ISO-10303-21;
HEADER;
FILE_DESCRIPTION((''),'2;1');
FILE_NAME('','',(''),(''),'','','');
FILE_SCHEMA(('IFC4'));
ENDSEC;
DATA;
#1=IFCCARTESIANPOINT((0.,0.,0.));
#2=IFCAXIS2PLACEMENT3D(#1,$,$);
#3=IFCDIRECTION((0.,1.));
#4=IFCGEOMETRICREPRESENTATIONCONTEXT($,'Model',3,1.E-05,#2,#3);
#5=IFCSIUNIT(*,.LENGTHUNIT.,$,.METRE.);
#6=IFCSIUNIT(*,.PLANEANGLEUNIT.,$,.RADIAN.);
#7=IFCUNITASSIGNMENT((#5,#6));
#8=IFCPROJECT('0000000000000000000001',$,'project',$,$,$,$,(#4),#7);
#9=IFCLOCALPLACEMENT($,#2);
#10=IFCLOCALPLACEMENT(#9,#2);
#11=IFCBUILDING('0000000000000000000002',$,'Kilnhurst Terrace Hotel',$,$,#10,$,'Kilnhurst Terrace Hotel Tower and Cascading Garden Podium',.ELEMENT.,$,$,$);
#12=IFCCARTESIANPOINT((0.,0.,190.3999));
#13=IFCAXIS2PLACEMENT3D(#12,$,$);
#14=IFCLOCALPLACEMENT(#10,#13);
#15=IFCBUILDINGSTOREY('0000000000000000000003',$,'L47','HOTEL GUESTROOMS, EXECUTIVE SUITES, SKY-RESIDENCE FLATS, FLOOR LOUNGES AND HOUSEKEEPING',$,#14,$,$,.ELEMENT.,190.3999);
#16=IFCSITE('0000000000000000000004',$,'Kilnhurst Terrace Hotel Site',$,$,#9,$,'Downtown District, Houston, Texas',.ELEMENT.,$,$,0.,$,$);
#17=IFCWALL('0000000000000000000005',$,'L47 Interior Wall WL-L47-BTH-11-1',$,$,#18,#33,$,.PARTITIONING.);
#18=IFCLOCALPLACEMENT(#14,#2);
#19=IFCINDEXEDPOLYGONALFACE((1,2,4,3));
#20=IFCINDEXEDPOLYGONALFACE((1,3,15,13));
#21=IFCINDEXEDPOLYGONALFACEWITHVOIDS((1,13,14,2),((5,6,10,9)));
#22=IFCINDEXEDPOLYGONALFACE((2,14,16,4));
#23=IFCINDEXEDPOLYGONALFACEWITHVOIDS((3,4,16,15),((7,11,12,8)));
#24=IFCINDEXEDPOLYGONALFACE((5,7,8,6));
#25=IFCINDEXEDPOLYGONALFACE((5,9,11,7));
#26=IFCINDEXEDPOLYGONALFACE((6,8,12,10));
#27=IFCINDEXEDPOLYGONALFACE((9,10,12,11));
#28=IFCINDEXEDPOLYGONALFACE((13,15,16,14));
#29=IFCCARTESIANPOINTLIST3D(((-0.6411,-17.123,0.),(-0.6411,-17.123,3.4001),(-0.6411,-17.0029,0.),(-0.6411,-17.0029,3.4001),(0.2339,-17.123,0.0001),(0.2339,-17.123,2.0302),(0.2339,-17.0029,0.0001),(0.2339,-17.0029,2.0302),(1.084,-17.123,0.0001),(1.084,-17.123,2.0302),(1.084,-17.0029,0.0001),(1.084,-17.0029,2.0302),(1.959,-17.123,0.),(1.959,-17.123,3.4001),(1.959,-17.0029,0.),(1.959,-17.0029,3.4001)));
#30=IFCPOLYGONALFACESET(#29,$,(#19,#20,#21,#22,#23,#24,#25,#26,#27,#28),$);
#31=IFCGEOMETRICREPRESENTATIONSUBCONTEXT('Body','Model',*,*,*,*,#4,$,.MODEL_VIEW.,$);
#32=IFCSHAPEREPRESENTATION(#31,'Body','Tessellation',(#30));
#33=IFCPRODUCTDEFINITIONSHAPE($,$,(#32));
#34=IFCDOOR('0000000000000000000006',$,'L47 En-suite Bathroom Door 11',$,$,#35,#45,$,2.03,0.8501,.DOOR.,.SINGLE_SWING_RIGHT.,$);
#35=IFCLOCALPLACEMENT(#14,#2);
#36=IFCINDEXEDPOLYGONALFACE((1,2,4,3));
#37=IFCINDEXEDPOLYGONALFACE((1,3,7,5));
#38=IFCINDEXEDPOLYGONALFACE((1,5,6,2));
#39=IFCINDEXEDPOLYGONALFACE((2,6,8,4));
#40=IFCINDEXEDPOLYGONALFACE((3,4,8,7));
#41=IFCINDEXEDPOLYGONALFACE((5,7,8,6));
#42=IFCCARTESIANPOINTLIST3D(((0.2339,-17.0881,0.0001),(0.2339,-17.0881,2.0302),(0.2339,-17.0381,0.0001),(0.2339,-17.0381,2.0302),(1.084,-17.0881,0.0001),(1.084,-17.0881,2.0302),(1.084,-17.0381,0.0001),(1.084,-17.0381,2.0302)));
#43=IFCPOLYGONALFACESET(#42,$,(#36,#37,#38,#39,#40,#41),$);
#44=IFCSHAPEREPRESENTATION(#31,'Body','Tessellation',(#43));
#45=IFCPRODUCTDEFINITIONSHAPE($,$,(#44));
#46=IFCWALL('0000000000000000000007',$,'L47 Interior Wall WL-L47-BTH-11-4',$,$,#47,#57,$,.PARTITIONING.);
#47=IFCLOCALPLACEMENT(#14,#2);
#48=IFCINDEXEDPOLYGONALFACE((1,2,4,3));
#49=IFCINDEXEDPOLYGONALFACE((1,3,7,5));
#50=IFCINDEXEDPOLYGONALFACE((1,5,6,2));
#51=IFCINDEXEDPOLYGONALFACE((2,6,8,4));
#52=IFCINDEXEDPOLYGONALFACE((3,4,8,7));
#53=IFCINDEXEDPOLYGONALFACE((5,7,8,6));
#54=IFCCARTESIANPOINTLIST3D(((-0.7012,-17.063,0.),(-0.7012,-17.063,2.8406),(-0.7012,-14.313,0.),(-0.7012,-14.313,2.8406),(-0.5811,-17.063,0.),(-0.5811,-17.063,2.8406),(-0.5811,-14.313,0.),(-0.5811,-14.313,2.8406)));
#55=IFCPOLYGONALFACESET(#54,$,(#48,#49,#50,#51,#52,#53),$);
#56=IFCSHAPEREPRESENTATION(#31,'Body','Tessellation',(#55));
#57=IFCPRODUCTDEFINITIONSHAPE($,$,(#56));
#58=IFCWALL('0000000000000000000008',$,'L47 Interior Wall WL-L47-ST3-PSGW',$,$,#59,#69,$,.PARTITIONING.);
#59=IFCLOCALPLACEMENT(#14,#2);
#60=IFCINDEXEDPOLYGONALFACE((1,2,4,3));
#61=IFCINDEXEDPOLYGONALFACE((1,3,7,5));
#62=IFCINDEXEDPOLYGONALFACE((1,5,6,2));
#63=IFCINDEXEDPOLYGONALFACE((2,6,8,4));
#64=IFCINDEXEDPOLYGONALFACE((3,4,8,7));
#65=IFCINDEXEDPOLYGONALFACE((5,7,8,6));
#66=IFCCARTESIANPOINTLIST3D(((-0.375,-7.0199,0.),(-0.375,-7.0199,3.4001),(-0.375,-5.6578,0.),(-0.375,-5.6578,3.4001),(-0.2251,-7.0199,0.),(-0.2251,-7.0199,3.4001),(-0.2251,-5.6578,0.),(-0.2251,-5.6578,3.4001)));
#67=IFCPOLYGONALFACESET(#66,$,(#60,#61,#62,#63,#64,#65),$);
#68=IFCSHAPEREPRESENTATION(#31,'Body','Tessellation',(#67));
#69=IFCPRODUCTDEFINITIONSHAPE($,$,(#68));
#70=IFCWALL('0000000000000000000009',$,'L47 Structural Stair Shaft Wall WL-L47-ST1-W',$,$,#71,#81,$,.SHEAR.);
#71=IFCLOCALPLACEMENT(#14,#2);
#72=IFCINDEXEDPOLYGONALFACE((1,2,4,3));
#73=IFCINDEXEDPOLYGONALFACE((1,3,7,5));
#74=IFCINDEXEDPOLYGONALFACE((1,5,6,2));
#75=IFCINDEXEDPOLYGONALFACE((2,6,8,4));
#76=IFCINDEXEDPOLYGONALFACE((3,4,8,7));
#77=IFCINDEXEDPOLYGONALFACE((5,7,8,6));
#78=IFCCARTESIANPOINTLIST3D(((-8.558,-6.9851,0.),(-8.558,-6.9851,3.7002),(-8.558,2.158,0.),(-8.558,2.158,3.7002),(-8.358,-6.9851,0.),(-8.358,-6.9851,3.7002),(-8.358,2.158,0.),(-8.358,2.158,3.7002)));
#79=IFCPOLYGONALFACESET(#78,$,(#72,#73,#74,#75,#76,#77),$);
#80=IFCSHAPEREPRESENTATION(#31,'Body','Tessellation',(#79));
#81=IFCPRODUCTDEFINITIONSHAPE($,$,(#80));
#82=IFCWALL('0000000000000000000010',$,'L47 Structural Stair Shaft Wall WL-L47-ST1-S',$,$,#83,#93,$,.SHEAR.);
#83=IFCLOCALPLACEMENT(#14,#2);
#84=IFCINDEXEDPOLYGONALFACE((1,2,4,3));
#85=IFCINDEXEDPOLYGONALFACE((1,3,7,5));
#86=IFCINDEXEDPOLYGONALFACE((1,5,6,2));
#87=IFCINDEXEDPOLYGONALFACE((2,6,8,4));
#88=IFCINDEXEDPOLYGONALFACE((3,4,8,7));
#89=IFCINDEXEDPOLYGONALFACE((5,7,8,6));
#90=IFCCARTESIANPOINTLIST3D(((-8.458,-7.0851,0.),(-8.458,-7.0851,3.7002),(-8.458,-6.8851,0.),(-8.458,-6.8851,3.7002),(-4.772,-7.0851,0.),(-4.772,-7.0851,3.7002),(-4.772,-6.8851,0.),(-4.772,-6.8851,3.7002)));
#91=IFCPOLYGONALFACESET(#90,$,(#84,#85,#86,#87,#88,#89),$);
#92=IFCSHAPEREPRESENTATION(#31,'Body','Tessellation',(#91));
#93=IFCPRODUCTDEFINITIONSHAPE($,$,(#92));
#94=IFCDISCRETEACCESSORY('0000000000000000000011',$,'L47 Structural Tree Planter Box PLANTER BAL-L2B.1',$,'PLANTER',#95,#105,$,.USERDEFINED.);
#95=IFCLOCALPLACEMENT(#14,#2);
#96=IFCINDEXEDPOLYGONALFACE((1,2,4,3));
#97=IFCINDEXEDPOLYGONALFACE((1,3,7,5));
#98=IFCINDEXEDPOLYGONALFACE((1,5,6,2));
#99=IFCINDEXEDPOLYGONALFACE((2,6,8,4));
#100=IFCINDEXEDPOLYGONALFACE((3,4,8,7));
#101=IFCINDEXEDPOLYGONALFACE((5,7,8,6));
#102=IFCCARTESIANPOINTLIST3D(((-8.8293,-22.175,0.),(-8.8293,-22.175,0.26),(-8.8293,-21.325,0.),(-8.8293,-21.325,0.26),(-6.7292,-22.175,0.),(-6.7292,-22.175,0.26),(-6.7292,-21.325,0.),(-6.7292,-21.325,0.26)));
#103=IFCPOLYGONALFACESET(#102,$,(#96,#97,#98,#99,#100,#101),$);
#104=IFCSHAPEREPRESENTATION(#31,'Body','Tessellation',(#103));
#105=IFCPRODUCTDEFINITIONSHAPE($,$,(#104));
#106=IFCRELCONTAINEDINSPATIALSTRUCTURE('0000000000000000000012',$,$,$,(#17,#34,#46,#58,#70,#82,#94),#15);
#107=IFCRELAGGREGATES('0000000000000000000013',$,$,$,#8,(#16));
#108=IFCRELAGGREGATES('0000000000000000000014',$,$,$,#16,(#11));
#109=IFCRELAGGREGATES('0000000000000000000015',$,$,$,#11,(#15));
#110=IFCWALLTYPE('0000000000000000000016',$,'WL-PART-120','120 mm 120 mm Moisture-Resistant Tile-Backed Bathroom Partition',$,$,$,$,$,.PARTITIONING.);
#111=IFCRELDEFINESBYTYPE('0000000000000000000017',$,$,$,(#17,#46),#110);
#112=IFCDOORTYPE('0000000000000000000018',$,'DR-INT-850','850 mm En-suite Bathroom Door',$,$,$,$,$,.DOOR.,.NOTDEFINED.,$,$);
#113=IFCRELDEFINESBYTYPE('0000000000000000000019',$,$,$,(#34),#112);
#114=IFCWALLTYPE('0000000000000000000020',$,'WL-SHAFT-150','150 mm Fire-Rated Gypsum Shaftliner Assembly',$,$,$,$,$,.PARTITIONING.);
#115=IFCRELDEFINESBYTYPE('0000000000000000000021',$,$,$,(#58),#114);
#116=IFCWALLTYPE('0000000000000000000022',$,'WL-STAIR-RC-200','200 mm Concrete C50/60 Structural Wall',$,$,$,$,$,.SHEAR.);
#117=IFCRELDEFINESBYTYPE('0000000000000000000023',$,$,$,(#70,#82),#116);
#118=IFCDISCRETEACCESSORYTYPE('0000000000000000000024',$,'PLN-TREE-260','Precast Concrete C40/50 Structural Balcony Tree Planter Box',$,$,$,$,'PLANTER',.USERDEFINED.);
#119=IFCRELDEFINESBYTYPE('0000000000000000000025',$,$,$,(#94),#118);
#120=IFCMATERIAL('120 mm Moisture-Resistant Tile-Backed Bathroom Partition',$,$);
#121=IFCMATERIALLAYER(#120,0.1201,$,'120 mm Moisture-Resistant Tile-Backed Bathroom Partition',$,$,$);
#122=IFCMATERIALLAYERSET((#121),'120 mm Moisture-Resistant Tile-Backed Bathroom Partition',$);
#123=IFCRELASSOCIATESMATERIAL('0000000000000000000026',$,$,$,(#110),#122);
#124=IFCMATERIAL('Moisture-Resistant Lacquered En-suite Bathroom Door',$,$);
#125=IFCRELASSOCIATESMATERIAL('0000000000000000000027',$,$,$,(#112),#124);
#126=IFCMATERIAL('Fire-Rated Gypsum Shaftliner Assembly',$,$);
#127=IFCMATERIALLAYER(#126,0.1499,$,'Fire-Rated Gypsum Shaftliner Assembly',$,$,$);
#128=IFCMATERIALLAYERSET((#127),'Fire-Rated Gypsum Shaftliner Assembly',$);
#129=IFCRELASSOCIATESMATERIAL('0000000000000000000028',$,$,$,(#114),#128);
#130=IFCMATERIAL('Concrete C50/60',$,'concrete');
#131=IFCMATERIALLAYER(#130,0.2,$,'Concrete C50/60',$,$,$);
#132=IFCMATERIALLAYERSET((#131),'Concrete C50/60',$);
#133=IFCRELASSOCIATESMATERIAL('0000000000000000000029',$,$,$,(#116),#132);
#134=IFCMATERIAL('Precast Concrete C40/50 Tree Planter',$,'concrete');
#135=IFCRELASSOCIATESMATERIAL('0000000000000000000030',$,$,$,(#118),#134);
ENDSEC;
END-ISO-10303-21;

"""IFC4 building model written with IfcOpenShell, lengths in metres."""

from ifc_helpers import new_model, si_unit, direction, frame, frame_2d, origin, origin_2d, place, context, subcontext, project, spatial, rectangle, extrude, material, layer, layer_set, type_object, element, fill, save


model = new_model("IFC4")

# Units and contexts
model_context = context("Model", 3, precision=1e-05, world=origin(), true_north=direction((0.0, 1.0)))
body_context = subcontext(model_context, "Body", "Model", "MODEL_VIEW")
ifc_project = project(units=[si_unit("LENGTHUNIT", "METRE"), si_unit("PLANEANGLEUNIT", "RADIAN")], contexts=[model_context])

# Site, building, storey
site_placement = place(None, origin())
site = spatial("IfcSite", under=ifc_project, at=site_placement, Name="Kilnhurst Terrace Hotel Site", LongName="Downtown District, Houston, Texas", CompositionType="ELEMENT", RefElevation=0.0)
building_placement = place(site_placement, origin())
building = spatial("IfcBuilding", under=site, at=building_placement, Name="Kilnhurst Terrace Hotel", LongName="Kilnhurst Terrace Hotel Tower and Cascading Garden Podium", CompositionType="ELEMENT")
storey_placement = place(building_placement, frame((0.0, 0.0, 190.3999)))
storey = spatial("IfcBuildingStorey", under=building, at=storey_placement, Name="L47", Description="HOTEL GUESTROOMS, EXECUTIVE SUITES, SKY-RESIDENCE FLATS, FLOOR LOUNGES AND HOUSEKEEPING", CompositionType="ELEMENT", Elevation=190.3999)

# Shared definitions
ifc_material_1 = material(Name="Concrete C50/60", Category="concrete")

# Wall, opening, door
ifc_material_2 = material(Name="120 mm Moisture-Resistant Tile-Backed Bathroom Partition")
ifc_layer_1 = layer(ifc_material_2, 0.1201, Name="120 mm Moisture-Resistant Tile-Backed Bathroom Partition")
ifc_layer_set_1 = layer_set([ifc_layer_1], Name="120 mm Moisture-Resistant Tile-Backed Bathroom Partition")
wall_type_1 = type_object("IfcWallType", Name="WL-PART-120", Description="120 mm 120 mm Moisture-Resistant Tile-Backed Bathroom Partition", PredefinedType="PARTITIONING", material=ifc_layer_set_1)
wall_1_placement = place(storey_placement, frame((-0.6411, -17.063, 0.0), z_axis=(0.0, 0.0, 1.0), x_axis=(1.0, 0.0, 0.0)))
wall_1 = element("IfcWall", 1, at=wall_1_placement, inside=storey, type_object=wall_type_1, Name="L47 Interior Wall WL-L47-BTH-11-1", PredefinedType="PARTITIONING", context=body_context, shape_type="SweptSolid", body=[
    extrude(rectangle(XDim=2.6001, YDim=0.1201, at=frame_2d((1.3, 0.0))), origin(), (0.0, 0.0, 1.0), 3.4001),
])
opening_placement = place(wall_1_placement, frame((0.875, 0.0, 0.0)))
opening = element("IfcOpeningElement", 2, at=opening_placement, cuts=wall_1, PredefinedType="OPENING", context=body_context, shape_type="SweptSolid", body=[
    extrude(rectangle(XDim=0.8501, YDim=2.03, at=frame_2d((0.425, 1.0151))), frame((0.0, 0.0701, 0.0), z_axis=(0.0, -1.0, 0.0), x_axis=(1.0, 0.0, 0.0)), (0.0, 0.0, 1.0), 0.1401),
])
ifc_material_3 = material(Name="Moisture-Resistant Lacquered En-suite Bathroom Door")
door_type = type_object("IfcDoorType", Name="DR-INT-850", Description="850 mm En-suite Bathroom Door", OperationType="NOTDEFINED", PredefinedType="DOOR", material=ifc_material_3)
door_placement = place(opening_placement, origin())
door = element("IfcDoor", 3, at=door_placement, inside=storey, type_object=door_type, Name="L47 En-suite Bathroom Door 11", OperationType="SINGLE_SWING_RIGHT", OverallHeight=2.03, OverallWidth=0.8501, PredefinedType="DOOR", context=body_context, shape_type="SweptSolid", body=[
    extrude(rectangle(XDim=0.8501, YDim=2.03, at=frame_2d((0.425, 1.0151))), frame((0.0, 0.0249, 0.0), z_axis=(0.0, -1.0, 0.0), x_axis=(1.0, 0.0, 0.0)), (0.0, 0.0, 1.0), 0.05),
])
fill(opening, door)

# Walls
wall_2_placement = place(storey_placement, frame((-0.6411, -14.313, 0.0), z_axis=(0.0, 0.0, 1.0), x_axis=(0.0, -1.0, 0.0)))
element("IfcWall", 4, at=wall_2_placement, inside=storey, type_object=wall_type_1, Name="L47 Interior Wall WL-L47-BTH-11-4", PredefinedType="PARTITIONING", context=body_context, shape_type="SweptSolid", body=[
    extrude(rectangle(XDim=2.75, YDim=0.1201, at=frame_2d((1.375, 0.0))), origin(), (0.0, 0.0, 1.0), 2.8406),
])
ifc_material_4 = material(Name="Fire-Rated Gypsum Shaftliner Assembly")
ifc_layer_2 = layer(ifc_material_4, 0.1499, Name="Fire-Rated Gypsum Shaftliner Assembly")
ifc_layer_set_2 = layer_set([ifc_layer_2], Name="Fire-Rated Gypsum Shaftliner Assembly")
wall_type_2 = type_object("IfcWallType", Name="WL-SHAFT-150", Description="150 mm Fire-Rated Gypsum Shaftliner Assembly", PredefinedType="PARTITIONING", material=ifc_layer_set_2)
wall_3_placement = place(storey_placement, frame((-0.3, -7.02, 0.0), z_axis=(0.0, 0.0, 1.0), x_axis=(0.0, 1.0, 0.0)))
element("IfcWall", 5, at=wall_3_placement, inside=storey, type_object=wall_type_2, Name="L47 Interior Wall WL-L47-ST3-PSGW", PredefinedType="PARTITIONING", context=body_context, shape_type="SweptSolid", body=[
    extrude(rectangle(XDim=1.3621, YDim=0.1499, at=frame_2d((0.6812, 0.0))), origin(), (0.0, 0.0, 1.0), 3.4001),
])
ifc_layer_3 = layer(ifc_material_1, 0.2, Name="Concrete C50/60")
ifc_layer_set_3 = layer_set([ifc_layer_3], Name="Concrete C50/60")
wall_type_3 = type_object("IfcWallType", Name="WL-STAIR-RC-200", Description="200 mm Concrete C50/60 Structural Wall", PredefinedType="SHEAR", material=ifc_layer_set_3)
wall_4_placement = place(storey_placement, frame((-8.458, -6.9851, 0.0), z_axis=(0.0, 0.0, 1.0), x_axis=(0.0, 1.0, 0.0)))
element("IfcWall", 6, at=wall_4_placement, inside=storey, type_object=wall_type_3, Name="L47 Structural Stair Shaft Wall WL-L47-ST1-W", PredefinedType="SHEAR", context=body_context, shape_type="SweptSolid", body=[
    extrude(rectangle(XDim=9.1431, YDim=0.2, at=frame_2d((4.5715, 0.0))), origin(), (0.0, 0.0, 1.0), 3.7002),
])
wall_5_placement = place(storey_placement, frame((-8.458, -6.9851, 0.0), z_axis=(0.0, 0.0, 1.0), x_axis=(1.0, 0.0, 0.0)))
element("IfcWall", 7, at=wall_5_placement, inside=storey, type_object=wall_type_3, Name="L47 Structural Stair Shaft Wall WL-L47-ST1-S", PredefinedType="SHEAR", context=body_context, shape_type="SweptSolid", body=[
    extrude(rectangle(XDim=3.686, YDim=0.2, at=frame_2d((1.843, 0.0))), origin(), (0.0, 0.0, 1.0), 3.7002),
])

# Discrete accessory
ifc_material_5 = material(Name="Precast Concrete C40/50 Tree Planter", Category="concrete")
discrete_accessory_type = type_object("IfcDiscreteAccessoryType", Name="PLN-TREE-260", Description="Precast Concrete C40/50 Structural Balcony Tree Planter Box", ElementType="PLANTER", PredefinedType="USERDEFINED", material=ifc_material_5)
discrete_accessory_placement = place(storey_placement, frame((-7.7793, -21.75, 0.0), z_axis=(0.0, 0.0, 1.0), x_axis=(1.0, 0.0, 0.0)))
element("IfcDiscreteAccessory", 8, at=discrete_accessory_placement, inside=storey, type_object=discrete_accessory_type, Name="L47 Structural Tree Planter Box PLANTER BAL-L2B.1", ObjectType="PLANTER", PredefinedType="USERDEFINED", context=body_context, shape_type="SweptSolid", body=[
    extrude(rectangle(XDim=2.1001, YDim=0.8501, at=origin_2d()), origin(), (0.0, 0.0, 1.0), 0.26),
])

save(model, "model.ifc")
